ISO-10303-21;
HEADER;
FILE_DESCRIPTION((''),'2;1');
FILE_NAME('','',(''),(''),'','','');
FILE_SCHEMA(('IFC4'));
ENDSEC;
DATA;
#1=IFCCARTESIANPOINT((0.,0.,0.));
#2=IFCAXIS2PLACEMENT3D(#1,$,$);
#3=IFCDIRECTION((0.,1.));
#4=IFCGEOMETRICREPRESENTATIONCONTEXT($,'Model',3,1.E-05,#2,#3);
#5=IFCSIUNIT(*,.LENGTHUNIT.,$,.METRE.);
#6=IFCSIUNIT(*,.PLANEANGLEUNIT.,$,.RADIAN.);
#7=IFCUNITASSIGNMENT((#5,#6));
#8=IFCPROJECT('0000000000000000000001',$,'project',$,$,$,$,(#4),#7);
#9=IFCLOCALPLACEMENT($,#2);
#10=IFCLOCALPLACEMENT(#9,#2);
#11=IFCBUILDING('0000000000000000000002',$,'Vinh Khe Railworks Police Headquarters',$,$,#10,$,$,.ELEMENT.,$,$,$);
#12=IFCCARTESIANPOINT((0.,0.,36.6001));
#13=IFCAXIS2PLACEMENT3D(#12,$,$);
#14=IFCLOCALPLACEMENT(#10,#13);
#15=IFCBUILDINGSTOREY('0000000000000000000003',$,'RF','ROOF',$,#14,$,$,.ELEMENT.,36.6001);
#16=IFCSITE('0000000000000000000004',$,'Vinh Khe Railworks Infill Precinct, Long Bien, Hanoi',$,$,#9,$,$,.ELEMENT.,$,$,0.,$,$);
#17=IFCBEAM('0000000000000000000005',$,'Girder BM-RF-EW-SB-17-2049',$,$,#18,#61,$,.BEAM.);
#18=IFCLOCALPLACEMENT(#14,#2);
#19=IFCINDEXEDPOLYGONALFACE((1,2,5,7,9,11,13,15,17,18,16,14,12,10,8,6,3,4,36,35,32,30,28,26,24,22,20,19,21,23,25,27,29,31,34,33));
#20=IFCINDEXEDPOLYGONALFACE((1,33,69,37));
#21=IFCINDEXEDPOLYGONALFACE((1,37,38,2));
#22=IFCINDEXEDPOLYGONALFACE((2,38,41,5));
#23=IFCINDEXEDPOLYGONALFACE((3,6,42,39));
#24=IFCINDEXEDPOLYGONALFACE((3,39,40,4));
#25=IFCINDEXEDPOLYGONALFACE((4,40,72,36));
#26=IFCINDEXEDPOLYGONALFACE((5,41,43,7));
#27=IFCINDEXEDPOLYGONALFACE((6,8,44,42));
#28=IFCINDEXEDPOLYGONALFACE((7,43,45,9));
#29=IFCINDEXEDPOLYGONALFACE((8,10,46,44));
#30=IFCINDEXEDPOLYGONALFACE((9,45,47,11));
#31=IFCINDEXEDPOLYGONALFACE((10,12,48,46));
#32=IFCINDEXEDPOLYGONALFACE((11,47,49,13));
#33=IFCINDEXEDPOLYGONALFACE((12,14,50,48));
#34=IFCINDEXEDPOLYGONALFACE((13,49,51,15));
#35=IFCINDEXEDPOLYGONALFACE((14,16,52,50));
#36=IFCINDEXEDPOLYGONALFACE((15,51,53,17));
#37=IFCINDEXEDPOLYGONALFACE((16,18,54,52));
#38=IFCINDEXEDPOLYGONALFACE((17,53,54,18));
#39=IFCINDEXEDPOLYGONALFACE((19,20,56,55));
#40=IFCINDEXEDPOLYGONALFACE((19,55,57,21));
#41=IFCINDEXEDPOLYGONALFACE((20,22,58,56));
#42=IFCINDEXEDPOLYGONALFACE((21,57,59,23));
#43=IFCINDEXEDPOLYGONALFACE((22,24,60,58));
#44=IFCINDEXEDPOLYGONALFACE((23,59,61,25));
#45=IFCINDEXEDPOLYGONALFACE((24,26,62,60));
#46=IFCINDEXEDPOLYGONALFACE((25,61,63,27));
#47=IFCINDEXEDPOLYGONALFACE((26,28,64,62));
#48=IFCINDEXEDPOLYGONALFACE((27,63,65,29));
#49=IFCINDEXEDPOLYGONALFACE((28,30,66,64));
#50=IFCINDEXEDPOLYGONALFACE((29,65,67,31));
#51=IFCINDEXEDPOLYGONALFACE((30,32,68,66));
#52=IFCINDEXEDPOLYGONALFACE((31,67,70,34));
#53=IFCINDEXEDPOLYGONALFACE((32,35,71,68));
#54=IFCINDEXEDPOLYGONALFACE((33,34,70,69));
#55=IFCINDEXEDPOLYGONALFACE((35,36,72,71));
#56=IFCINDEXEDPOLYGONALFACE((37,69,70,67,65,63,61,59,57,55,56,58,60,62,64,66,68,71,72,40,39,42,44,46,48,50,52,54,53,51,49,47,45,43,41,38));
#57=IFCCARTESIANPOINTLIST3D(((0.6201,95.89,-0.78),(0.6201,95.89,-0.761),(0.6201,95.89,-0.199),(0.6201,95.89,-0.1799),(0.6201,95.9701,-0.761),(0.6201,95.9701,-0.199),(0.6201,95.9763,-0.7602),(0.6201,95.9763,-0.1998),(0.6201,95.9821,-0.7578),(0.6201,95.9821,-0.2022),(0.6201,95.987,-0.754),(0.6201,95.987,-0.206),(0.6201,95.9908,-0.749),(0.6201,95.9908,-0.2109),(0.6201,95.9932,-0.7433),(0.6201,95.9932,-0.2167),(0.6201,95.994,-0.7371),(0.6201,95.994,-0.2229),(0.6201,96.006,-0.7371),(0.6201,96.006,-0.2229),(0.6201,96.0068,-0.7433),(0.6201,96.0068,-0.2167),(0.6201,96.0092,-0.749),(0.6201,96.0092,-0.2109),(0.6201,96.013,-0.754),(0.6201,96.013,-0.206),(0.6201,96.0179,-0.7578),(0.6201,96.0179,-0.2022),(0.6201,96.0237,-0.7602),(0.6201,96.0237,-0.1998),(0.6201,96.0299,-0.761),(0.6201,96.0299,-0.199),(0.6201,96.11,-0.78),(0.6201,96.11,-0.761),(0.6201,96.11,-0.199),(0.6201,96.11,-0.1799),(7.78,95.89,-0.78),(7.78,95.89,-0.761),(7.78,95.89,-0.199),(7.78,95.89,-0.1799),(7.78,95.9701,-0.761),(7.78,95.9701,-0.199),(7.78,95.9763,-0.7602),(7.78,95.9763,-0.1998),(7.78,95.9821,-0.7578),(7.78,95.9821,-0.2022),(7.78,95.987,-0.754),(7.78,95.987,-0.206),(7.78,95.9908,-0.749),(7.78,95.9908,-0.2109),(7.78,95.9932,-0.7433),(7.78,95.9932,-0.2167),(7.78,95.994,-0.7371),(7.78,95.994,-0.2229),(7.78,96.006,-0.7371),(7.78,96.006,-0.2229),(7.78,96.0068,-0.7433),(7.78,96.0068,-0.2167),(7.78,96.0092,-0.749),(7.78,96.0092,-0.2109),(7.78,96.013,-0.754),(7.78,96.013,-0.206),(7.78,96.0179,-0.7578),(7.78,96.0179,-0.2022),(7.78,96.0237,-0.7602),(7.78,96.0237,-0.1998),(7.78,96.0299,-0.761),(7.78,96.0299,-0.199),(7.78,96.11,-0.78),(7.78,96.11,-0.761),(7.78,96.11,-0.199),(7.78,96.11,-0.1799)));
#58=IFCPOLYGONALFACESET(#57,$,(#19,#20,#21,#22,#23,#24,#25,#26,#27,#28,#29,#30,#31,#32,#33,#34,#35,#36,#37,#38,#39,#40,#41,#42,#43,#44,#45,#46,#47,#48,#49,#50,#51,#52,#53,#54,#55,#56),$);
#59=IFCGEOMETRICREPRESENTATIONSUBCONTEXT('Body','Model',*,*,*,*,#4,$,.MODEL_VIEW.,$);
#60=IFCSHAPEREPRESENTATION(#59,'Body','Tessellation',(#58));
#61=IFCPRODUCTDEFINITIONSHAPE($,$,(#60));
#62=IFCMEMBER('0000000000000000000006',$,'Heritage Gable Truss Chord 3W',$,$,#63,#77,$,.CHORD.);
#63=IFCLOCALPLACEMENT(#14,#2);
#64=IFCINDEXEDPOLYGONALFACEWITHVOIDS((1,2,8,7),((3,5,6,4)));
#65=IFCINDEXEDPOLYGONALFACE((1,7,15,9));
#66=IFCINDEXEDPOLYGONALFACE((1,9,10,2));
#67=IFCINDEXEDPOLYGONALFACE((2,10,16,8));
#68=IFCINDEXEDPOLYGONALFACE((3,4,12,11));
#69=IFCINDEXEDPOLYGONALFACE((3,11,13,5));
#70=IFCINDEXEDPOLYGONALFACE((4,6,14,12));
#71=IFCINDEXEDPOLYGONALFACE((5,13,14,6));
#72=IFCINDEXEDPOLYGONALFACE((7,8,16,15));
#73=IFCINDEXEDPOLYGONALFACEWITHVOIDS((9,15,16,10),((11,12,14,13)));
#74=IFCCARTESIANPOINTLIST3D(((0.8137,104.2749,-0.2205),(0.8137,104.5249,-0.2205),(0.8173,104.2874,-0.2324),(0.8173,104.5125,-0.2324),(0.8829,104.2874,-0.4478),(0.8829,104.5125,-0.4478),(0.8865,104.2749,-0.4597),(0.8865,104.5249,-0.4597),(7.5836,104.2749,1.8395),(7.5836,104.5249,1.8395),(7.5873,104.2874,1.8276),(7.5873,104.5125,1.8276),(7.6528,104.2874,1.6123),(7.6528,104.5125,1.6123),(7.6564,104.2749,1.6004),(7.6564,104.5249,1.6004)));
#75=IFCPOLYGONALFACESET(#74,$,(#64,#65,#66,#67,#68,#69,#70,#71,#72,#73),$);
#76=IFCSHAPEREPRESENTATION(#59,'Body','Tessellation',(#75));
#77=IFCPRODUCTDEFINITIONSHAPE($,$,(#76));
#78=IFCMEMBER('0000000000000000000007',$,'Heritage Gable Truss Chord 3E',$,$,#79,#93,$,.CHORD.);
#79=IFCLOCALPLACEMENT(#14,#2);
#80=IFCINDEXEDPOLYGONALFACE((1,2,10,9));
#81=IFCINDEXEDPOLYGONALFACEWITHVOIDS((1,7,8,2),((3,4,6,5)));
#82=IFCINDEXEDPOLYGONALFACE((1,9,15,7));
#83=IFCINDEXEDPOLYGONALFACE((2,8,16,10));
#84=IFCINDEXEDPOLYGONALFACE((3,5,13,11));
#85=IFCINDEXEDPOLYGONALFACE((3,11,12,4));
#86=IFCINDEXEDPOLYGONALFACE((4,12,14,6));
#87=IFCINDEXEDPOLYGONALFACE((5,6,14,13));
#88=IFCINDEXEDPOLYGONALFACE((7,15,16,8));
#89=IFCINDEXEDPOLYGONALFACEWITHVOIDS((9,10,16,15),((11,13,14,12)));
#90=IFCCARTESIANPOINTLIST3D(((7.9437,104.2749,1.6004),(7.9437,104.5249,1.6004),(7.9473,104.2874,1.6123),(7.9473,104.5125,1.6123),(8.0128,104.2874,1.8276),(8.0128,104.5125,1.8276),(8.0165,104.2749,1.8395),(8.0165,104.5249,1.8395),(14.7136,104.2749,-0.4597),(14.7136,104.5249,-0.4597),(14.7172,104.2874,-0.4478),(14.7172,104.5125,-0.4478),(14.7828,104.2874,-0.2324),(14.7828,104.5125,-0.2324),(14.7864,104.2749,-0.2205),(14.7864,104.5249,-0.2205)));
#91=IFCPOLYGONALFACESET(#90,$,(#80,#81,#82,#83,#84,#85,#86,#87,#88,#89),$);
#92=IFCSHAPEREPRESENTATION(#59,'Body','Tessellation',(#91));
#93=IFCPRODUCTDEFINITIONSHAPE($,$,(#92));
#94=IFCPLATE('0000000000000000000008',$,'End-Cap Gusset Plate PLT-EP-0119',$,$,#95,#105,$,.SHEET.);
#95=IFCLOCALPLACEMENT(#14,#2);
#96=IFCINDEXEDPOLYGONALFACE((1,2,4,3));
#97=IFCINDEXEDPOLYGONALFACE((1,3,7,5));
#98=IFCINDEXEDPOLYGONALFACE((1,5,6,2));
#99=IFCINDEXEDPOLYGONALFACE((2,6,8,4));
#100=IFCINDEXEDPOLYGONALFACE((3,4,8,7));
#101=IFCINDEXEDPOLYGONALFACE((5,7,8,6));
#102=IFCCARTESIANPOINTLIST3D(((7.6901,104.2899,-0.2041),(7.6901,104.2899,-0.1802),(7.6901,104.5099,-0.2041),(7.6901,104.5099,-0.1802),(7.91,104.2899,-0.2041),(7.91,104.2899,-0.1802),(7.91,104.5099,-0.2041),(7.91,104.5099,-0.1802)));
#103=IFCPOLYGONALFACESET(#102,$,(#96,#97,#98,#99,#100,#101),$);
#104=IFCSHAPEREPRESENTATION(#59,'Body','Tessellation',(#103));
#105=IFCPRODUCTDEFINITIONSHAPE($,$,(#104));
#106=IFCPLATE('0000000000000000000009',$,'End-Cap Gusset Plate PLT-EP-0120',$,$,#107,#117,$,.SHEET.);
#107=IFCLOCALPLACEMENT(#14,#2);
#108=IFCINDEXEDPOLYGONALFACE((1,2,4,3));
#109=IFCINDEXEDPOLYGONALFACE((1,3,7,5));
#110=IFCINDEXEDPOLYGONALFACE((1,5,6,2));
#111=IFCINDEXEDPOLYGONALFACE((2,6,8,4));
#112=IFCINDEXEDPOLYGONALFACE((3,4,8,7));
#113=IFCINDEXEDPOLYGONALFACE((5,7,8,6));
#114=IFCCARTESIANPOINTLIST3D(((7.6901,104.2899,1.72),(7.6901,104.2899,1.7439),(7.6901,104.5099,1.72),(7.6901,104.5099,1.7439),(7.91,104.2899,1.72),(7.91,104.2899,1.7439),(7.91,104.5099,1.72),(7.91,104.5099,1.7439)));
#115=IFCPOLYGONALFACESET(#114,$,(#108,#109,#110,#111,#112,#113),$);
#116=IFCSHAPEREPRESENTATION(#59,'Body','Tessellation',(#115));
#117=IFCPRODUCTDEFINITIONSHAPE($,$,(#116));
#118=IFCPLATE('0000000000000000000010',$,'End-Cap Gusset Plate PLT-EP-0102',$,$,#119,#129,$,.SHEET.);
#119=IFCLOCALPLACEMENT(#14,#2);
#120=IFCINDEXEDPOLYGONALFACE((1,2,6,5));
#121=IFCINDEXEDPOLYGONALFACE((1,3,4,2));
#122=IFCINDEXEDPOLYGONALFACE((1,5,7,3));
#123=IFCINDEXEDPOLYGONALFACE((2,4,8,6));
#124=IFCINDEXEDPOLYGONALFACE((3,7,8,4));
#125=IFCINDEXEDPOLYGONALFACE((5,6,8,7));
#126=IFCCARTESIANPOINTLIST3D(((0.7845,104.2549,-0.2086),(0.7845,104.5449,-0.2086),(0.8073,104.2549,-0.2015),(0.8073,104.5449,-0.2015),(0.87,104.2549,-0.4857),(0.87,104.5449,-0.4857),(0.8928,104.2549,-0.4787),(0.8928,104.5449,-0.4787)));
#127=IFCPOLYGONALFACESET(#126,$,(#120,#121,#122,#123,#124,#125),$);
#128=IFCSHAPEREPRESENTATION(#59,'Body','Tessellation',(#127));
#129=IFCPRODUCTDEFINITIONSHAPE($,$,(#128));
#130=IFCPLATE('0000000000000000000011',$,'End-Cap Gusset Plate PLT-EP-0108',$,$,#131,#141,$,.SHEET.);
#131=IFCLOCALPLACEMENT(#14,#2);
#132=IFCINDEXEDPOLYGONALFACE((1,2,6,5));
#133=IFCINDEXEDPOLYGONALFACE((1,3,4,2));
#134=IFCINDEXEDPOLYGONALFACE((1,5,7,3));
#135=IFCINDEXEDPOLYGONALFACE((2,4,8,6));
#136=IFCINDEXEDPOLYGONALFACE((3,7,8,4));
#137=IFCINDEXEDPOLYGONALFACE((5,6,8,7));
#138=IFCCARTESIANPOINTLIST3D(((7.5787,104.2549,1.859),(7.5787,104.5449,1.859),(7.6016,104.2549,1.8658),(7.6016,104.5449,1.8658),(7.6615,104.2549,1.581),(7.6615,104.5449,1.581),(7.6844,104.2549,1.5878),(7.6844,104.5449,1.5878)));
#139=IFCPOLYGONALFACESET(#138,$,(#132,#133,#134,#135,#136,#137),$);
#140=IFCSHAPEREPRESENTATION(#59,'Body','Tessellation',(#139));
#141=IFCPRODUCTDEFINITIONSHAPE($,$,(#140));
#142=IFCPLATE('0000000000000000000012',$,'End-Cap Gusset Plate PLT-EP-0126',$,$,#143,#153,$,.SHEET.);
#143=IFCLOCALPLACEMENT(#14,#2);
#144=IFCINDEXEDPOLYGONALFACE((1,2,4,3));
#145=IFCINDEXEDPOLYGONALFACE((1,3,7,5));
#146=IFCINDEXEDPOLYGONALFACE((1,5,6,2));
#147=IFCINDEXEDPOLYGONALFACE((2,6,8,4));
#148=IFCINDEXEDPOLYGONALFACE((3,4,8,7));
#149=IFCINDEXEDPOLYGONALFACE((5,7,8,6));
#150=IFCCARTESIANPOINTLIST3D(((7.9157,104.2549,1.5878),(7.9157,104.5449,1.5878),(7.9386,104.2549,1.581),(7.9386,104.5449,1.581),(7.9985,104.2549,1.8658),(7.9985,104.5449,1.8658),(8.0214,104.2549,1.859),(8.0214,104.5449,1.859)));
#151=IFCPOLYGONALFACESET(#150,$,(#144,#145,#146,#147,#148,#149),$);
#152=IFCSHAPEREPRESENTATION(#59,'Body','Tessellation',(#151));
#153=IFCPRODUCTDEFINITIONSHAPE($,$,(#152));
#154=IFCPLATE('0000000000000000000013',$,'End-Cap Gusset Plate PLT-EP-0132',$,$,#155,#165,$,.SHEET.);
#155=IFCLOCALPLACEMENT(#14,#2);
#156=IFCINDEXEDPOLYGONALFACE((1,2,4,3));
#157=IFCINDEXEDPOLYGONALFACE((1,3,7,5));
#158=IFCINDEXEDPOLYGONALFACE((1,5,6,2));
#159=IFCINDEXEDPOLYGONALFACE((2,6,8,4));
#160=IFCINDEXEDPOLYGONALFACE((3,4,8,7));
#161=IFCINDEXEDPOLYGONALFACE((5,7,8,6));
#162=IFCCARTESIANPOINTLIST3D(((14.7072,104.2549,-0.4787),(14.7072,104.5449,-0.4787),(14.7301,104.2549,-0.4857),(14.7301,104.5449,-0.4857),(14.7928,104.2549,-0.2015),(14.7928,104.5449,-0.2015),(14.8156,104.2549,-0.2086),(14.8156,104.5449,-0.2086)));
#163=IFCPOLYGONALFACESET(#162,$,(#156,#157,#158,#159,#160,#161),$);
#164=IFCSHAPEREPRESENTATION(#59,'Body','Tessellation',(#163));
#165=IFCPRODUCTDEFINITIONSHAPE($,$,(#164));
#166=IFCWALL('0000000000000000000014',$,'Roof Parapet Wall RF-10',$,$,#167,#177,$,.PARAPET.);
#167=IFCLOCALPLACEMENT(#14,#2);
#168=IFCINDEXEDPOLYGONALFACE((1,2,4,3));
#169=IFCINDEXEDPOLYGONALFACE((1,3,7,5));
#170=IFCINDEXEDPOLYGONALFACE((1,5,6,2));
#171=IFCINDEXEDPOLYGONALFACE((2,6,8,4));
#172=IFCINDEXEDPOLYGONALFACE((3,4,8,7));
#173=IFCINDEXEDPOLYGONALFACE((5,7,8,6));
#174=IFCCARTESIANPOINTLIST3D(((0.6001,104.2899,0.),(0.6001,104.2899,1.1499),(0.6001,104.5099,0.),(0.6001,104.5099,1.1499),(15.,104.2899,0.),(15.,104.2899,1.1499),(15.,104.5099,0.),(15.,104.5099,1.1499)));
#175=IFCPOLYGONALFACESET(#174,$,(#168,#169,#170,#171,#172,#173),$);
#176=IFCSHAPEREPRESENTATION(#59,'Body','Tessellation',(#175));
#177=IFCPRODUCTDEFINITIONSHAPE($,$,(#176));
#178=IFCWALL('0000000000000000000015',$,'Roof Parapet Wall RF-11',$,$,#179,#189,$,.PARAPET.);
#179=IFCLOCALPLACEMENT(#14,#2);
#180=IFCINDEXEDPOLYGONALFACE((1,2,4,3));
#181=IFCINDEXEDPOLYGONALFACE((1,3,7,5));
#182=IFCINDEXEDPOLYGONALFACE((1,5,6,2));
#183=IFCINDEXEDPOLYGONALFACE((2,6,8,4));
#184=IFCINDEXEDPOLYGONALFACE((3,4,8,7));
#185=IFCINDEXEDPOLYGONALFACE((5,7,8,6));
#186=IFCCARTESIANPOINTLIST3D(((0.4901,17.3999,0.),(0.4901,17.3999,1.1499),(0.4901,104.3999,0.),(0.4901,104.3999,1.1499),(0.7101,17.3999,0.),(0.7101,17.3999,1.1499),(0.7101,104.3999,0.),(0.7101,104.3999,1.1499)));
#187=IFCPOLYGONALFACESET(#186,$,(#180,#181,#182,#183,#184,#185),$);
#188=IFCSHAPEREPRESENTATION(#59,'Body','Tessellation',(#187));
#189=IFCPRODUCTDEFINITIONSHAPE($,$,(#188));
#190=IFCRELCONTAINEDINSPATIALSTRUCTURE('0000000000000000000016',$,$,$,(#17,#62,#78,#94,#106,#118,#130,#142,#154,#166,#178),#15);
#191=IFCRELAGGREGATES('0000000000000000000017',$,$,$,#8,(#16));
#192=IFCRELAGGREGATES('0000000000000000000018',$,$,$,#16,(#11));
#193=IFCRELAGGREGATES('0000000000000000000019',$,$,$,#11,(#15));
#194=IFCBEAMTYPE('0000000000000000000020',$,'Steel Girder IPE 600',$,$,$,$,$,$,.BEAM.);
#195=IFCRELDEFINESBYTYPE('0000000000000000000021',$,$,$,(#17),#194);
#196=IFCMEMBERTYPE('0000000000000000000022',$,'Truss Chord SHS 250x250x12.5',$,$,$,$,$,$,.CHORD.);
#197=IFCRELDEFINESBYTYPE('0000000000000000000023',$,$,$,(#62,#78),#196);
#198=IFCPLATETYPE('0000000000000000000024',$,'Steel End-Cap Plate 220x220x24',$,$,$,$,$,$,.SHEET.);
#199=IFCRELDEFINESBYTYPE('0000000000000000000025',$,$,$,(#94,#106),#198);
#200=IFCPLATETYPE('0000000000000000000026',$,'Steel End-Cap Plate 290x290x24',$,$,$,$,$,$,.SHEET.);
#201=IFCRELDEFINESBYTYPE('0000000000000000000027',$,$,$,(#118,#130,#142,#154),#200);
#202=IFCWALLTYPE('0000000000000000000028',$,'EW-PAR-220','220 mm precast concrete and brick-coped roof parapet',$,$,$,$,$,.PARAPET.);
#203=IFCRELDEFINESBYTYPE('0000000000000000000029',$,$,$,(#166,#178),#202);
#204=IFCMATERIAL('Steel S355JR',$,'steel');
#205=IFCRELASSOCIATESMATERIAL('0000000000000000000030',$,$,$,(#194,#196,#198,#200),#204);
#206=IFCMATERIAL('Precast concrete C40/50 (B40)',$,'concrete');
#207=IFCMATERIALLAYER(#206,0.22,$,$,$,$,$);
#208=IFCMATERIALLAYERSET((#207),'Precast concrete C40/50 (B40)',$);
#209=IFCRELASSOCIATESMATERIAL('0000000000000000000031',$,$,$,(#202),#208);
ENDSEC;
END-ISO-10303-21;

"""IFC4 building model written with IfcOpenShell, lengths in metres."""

from ifc_helpers import new_model, si_unit, direction, frame, frame_2d, origin, origin_2d, place, context, subcontext, project, spatial, rectangle, hollow_rectangle, i_section, extrude, material, layer, layer_set, material_profile, profile_set, type_object, element, save


model = new_model("IFC4")

# Units and contexts
model_context = context("Model", 3, precision=1e-05, world=origin(), true_north=direction((0.0, 1.0)))
body_context = subcontext(model_context, "Body", "Model", "MODEL_VIEW")
ifc_project = project(units=[si_unit("LENGTHUNIT", "METRE"), si_unit("PLANEANGLEUNIT", "RADIAN")], contexts=[model_context])

# Site, building, storey
site_placement = place(None, origin())
site = spatial("IfcSite", under=ifc_project, at=site_placement, Name="Vinh Khe Railworks Infill Precinct, Long Bien, Hanoi", CompositionType="ELEMENT", RefElevation=0.0)
building_placement = place(site_placement, origin())
building = spatial("IfcBuilding", under=site, at=building_placement, Name="Vinh Khe Railworks Police Headquarters", CompositionType="ELEMENT")
storey_placement = place(building_placement, frame((0.0, 0.0, 36.6001)))
storey = spatial("IfcBuildingStorey", under=building, at=storey_placement, Name="RF", Description="ROOF", CompositionType="ELEMENT", Elevation=36.6001)

# Shared definitions
ifc_material_1 = material(Name="Steel S355JR", Category="steel")

# Beam
ifc_material_profile_1 = material_profile(ifc_material_1, i_section(OverallWidth=0.22, OverallDepth=0.6001, WebThickness=0.012, FlangeThickness=0.019, FilletRadius=0.0239, at=origin_2d()), Name="IPE 600")
ifc_profile_set_1 = profile_set([ifc_material_profile_1], Name="Steel S355JR")
beam_type_1 = type_object("IfcBeamType", Name="Steel Girder IPE 600", PredefinedType="BEAM", material=ifc_profile_set_1)
beam_1_placement = place(storey_placement, frame((0.6201, 96.0, -0.48), z_axis=(1.0, 0.0, 0.0), x_axis=(0.0, 1.0, 0.0)))
element("IfcBeam", 1, at=beam_1_placement, inside=storey, type_object=beam_type_1, Name="Girder BM-RF-EW-SB-17-2049", PredefinedType="BEAM", context=body_context, shape_type="SweptSolid", body=[
    extrude(i_section(OverallWidth=0.22, OverallDepth=0.6001, WebThickness=0.012, FlangeThickness=0.019, FilletRadius=0.0239, at=origin_2d()), origin(), (0.0, 0.0, 1.0), 7.1599),
])

# Members
ifc_material_profile_2 = material_profile(ifc_material_1, hollow_rectangle(XDim=0.25, YDim=0.25, WallThickness=0.0125, at=origin_2d()), Name="SHS 250x250x12.5")
ifc_profile_set_2 = profile_set([ifc_material_profile_2], Name="Steel S355JR")
member_type_1 = type_object("IfcMemberType", Name="Truss Chord SHS 250x250x12.5", PredefinedType="CHORD", material=ifc_profile_set_2)
for number, where, z_axis, x_axis, name in (
    (2, (0.8501, 104.3999, -0.3401), (0.956689, 0.0, 0.291112), (0.0, 1.0, 0.0), "Heritage Gable Truss Chord 3W"),
    (3, (14.75, 104.3999, -0.3401), (-0.956689, 0.0, 0.291112), (0.0, -1.0, 0.0), "Heritage Gable Truss Chord 3E"),
):
    element("IfcMember", number, at=place(storey_placement, frame(where, z_axis=z_axis, x_axis=x_axis)), inside=storey, type_object=member_type_1, Name=name, PredefinedType="CHORD", context=body_context, shape_type="SweptSolid", body=[
        extrude(hollow_rectangle(XDim=0.25, YDim=0.25, WallThickness=0.0125, at=origin_2d()), origin(), (0.0, 0.0, 1.0), 7.0764),
    ])

# Plates
ifc_material_profile_3 = material_profile(ifc_material_1, rectangle(XDim=0.22, YDim=0.22, at=origin_2d()), Name="PL 220x220")
ifc_profile_set_3 = profile_set([ifc_material_profile_3], Name="Steel S355JR")
plate_type_1 = type_object("IfcPlateType", Name="Steel End-Cap Plate 220x220x24", PredefinedType="SHEET", material=ifc_profile_set_3)
for number, where, z_axis, x_axis, name in (
    (4, (7.8, 104.3999, -0.1802), (0.0, 0.0, -1.0), (1.0, 0.0, 0.0), "End-Cap Gusset Plate PLT-EP-0119"),
    (5, (7.8, 104.3999, 1.72), (0.0, 0.0, 1.0), (1.0, 0.0, 0.0), "End-Cap Gusset Plate PLT-EP-0120"),
):
    element("IfcPlate", number, at=place(storey_placement, frame(where, z_axis=z_axis, x_axis=x_axis)), inside=storey, type_object=plate_type_1, Name=name, PredefinedType="SHEET", context=body_context, shape_type="SweptSolid", body=[
        extrude(rectangle(XDim=0.22, YDim=0.22, at=origin_2d()), origin(), (0.0, 0.0, 1.0), 0.0239),
    ])
ifc_material_profile_4 = material_profile(ifc_material_1, rectangle(XDim=0.29, YDim=0.29, at=origin_2d()), Name="PL 290x290")
ifc_profile_set_4 = profile_set([ifc_material_profile_4], Name="Steel S355JR")
plate_type_2 = type_object("IfcPlateType", Name="Steel End-Cap Plate 290x290x24", PredefinedType="SHEET", material=ifc_profile_set_4)
for number, where, z_axis, x_axis, name in (
    (6, (0.8501, 104.3999, -0.3401), (-0.955559, 0.0, -0.2948), (0.0, -1.0, 0.0), "End-Cap Gusset Plate PLT-EP-0102"),
    (7, (7.6201, 104.3999, 1.72), (0.958386, 0.0, 0.285477), (0.0, 1.0, 0.0), "End-Cap Gusset Plate PLT-EP-0108"),
    (8, (7.98, 104.3999, 1.72), (-0.958386, 0.0, 0.285477), (0.0, -1.0, 0.0), "End-Cap Gusset Plate PLT-EP-0126"),
    (9, (14.75, 104.3999, -0.3401), (0.955559, 0.0, -0.2948), (0.0, 1.0, 0.0), "End-Cap Gusset Plate PLT-EP-0132"),
):
    element("IfcPlate", number, at=place(storey_placement, frame(where, z_axis=z_axis, x_axis=x_axis)), inside=storey, type_object=plate_type_2, Name=name, PredefinedType="SHEET", context=body_context, shape_type="SweptSolid", body=[
        extrude(rectangle(XDim=0.29, YDim=0.29, at=origin_2d()), origin(), (0.0, 0.0, 1.0), 0.0239),
    ])

# Walls
ifc_material_2 = material(Name="Precast concrete C40/50 (B40)", Category="concrete")
ifc_layer = layer(ifc_material_2, 0.22)
ifc_layer_set = layer_set([ifc_layer], Name="Precast concrete C40/50 (B40)")
wall_type = type_object("IfcWallType", Name="EW-PAR-220", Description="220 mm precast concrete and brick-coped roof parapet", PredefinedType="PARAPET", material=ifc_layer_set)
wall_1_placement = place(storey_placement, frame((15.0, 104.3999, 0.0), z_axis=(0.0, 0.0, 1.0), x_axis=(-1.0, 0.0, 0.0)))
element("IfcWall", 10, at=wall_1_placement, inside=storey, type_object=wall_type, Name="Roof Parapet Wall RF-10", PredefinedType="PARAPET", context=body_context, shape_type="SweptSolid", body=[
    extrude(rectangle(XDim=14.3999, YDim=0.22, at=frame_2d((7.2, 0.0))), origin(), (0.0, 0.0, 1.0), 1.1499),
])
wall_2_placement = place(storey_placement, frame((0.6001, 104.3999, 0.0), z_axis=(0.0, 0.0, 1.0), x_axis=(0.0, -1.0, 0.0)))
element("IfcWall", 11, at=wall_2_placement, inside=storey, type_object=wall_type, Name="Roof Parapet Wall RF-11", PredefinedType="PARAPET", context=body_context, shape_type="SweptSolid", body=[
    extrude(rectangle(XDim=87.0, YDim=0.22, at=frame_2d((43.5, 0.0))), origin(), (0.0, 0.0, 1.0), 1.1499),
])

save(model, "model.ifc")
